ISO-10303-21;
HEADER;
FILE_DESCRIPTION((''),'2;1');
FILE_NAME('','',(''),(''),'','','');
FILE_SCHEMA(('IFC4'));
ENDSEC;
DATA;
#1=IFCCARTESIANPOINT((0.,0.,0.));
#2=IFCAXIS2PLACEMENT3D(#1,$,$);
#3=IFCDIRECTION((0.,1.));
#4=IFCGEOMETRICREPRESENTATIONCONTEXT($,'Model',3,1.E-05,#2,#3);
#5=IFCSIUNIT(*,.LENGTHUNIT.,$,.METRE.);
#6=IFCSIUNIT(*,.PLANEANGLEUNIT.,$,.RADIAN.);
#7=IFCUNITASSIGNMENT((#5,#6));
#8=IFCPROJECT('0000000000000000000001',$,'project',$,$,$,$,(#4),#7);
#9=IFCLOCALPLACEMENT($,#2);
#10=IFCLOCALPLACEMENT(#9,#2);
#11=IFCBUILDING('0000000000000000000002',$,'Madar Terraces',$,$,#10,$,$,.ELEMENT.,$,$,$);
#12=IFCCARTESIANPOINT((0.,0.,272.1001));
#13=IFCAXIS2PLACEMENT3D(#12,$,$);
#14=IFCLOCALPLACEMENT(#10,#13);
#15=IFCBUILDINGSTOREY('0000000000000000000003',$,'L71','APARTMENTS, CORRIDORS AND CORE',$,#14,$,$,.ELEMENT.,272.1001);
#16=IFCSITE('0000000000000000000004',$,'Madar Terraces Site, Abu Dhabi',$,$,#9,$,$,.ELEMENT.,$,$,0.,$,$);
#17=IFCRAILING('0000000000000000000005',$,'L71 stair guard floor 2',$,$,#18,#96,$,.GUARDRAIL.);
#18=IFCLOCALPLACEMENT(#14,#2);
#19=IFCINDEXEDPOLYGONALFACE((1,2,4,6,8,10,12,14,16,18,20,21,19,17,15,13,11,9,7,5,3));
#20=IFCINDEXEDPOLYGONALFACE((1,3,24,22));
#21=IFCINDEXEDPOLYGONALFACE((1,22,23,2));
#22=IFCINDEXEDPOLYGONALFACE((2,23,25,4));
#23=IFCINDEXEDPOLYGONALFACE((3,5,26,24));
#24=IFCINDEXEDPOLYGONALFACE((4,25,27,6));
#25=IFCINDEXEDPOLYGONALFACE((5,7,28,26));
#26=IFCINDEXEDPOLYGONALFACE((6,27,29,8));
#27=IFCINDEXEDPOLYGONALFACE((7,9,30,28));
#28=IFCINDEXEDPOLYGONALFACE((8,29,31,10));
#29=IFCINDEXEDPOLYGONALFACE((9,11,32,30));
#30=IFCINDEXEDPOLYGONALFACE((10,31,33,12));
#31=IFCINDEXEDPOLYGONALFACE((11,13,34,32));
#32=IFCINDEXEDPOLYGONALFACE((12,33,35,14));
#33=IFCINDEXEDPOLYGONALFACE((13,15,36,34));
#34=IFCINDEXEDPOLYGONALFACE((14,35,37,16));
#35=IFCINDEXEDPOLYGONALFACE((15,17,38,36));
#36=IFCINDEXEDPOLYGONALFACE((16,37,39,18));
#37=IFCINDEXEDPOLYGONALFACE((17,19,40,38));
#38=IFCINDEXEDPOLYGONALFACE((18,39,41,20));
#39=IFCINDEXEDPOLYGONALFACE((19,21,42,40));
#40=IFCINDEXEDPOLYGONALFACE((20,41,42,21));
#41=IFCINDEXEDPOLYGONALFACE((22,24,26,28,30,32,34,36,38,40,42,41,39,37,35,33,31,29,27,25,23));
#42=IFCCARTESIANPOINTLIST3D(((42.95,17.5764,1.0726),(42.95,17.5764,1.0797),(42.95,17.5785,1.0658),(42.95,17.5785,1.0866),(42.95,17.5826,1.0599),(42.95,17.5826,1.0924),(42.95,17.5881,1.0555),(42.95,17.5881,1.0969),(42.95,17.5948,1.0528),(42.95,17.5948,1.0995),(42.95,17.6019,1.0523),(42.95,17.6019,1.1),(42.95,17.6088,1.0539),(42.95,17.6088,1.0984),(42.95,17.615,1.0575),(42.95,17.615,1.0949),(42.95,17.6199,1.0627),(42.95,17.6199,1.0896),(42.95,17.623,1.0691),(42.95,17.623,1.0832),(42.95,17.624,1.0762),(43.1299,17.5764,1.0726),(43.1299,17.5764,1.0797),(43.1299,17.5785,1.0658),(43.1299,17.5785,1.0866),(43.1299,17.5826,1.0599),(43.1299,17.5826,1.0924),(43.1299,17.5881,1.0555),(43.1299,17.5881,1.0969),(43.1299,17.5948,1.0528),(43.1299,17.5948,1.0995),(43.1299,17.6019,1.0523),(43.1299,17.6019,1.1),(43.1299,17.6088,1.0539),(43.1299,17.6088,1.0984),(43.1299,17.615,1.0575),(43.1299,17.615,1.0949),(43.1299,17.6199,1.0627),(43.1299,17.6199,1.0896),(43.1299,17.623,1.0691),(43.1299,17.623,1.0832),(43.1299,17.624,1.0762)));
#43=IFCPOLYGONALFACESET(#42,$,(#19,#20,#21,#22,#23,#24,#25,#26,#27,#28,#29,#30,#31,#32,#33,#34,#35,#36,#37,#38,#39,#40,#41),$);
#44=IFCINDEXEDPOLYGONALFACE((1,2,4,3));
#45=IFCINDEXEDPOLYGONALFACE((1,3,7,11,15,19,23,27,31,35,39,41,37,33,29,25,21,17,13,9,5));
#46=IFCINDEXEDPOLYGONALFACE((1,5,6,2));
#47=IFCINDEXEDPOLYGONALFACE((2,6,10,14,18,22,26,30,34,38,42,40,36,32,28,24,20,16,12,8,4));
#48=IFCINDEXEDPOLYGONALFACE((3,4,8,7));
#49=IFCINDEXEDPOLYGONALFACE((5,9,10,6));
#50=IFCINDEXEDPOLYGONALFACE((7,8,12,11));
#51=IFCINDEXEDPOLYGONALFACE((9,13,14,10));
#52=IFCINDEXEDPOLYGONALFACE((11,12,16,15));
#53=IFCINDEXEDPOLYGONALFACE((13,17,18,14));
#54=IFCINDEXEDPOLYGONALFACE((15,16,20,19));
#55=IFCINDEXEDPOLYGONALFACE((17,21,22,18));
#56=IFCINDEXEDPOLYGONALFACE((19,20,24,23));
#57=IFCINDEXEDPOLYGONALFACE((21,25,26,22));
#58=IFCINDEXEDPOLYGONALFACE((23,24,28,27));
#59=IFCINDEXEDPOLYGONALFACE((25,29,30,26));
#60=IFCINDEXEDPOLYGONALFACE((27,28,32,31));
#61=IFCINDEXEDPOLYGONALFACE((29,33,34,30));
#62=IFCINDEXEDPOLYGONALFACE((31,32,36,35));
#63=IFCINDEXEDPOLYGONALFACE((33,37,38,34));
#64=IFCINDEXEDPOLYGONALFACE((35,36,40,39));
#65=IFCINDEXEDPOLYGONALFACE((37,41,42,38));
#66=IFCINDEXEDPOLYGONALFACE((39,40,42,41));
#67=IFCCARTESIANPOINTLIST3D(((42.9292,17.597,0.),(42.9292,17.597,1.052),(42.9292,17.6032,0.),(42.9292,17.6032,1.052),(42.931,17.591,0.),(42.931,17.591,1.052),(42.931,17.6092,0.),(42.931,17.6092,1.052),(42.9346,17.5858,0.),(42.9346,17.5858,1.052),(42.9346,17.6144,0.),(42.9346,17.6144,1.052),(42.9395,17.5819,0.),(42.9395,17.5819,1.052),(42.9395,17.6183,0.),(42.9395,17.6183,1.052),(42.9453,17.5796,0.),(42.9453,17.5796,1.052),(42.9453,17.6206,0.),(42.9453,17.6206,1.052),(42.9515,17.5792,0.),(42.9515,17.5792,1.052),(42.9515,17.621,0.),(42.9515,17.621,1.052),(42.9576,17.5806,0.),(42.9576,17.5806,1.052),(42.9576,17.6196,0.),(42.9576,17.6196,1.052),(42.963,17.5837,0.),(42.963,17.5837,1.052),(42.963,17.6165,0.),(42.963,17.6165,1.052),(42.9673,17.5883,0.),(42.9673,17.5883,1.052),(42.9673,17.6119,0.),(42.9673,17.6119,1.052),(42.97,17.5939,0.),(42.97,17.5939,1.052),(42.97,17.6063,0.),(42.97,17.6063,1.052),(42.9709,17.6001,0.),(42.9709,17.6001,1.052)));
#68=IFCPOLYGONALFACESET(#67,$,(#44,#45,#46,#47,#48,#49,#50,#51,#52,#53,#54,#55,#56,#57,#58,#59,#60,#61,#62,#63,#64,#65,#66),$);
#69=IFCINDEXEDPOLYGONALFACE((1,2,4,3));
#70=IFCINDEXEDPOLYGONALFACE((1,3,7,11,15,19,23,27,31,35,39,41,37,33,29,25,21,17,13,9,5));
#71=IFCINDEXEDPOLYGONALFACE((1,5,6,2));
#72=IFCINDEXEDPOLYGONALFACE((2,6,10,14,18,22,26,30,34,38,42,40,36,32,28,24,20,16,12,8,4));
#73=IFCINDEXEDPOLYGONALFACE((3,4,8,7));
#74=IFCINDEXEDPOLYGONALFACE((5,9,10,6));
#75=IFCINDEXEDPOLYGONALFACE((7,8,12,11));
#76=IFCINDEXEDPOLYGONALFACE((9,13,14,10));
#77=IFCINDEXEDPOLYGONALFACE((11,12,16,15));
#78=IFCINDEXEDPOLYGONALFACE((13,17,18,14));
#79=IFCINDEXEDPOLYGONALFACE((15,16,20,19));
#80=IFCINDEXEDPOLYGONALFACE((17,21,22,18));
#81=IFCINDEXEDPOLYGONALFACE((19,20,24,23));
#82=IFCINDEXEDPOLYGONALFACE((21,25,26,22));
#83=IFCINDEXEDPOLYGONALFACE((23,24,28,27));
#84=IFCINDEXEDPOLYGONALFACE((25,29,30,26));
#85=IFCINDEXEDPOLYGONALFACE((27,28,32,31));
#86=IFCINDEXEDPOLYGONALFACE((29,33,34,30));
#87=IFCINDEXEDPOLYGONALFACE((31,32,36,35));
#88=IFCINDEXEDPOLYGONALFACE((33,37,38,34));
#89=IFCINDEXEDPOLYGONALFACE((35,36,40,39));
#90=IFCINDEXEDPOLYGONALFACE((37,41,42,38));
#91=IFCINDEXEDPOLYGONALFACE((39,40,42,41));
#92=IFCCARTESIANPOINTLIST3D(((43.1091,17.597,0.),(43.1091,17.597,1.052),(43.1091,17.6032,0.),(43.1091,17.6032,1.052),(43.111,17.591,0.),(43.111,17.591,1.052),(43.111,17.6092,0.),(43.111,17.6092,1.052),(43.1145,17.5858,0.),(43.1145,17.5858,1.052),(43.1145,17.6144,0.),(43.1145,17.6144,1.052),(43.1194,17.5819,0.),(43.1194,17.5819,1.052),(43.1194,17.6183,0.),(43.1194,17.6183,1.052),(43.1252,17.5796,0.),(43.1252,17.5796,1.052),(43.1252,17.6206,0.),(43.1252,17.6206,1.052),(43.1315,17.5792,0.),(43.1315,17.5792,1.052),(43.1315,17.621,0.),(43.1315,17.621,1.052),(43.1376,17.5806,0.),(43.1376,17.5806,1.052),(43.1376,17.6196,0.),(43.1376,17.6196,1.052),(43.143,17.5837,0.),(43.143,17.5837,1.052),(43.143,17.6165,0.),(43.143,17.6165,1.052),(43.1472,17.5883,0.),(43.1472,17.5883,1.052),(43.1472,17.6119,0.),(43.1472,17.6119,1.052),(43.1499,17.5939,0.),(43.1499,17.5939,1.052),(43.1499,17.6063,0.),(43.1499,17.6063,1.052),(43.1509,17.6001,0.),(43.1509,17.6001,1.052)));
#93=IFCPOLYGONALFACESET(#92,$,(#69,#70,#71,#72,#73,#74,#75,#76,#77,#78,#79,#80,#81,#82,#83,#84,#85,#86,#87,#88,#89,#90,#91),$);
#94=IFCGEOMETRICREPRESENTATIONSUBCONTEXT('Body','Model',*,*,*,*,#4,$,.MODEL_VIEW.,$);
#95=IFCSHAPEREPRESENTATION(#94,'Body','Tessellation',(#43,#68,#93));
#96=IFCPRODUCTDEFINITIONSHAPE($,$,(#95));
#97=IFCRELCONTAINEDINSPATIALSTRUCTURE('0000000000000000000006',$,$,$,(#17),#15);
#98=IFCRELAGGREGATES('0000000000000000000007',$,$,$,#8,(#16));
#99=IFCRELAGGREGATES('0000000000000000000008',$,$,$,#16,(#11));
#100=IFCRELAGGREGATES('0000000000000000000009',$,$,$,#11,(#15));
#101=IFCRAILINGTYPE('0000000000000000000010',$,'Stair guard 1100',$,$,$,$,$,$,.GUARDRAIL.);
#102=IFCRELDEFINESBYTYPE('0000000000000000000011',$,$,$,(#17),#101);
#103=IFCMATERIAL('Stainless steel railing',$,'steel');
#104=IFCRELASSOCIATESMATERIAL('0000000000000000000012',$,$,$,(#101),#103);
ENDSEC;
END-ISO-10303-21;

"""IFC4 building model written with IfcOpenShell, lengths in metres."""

from ifc_helpers import new_model, si_unit, direction, frame, origin, origin_2d, place, context, subcontext, project, spatial, circle, extrude, material, type_object, element, save


model = new_model("IFC4")

# Units and contexts
model_context = context("Model", 3, precision=1e-05, world=origin(), true_north=direction((0.0, 1.0)))
body_context = subcontext(model_context, "Body", "Model", "MODEL_VIEW")
ifc_project = project(units=[si_unit("LENGTHUNIT", "METRE"), si_unit("PLANEANGLEUNIT", "RADIAN")], contexts=[model_context])

# Site, building, storey
site_placement = place(None, origin())
site = spatial("IfcSite", under=ifc_project, at=site_placement, Name="Madar Terraces Site, Abu Dhabi", CompositionType="ELEMENT", RefElevation=0.0)
building_placement = place(site_placement, origin())
building = spatial("IfcBuilding", under=site, at=building_placement, Name="Madar Terraces", CompositionType="ELEMENT")
storey_placement = place(building_placement, frame((0.0, 0.0, 272.1001)))
storey = spatial("IfcBuildingStorey", under=building, at=storey_placement, Name="L71", Description="APARTMENTS, CORRIDORS AND CORE", CompositionType="ELEMENT", Elevation=272.1001)

# Railing
ifc_material_1 = material(Name="Stainless steel railing", Category="steel")
railing_type_1 = type_object("IfcRailingType", Name="Stair guard 1100", PredefinedType="GUARDRAIL", material=ifc_material_1)
for number, where, name in (
    (1, (42.95, 17.6001, 0.0), "L71 stair guard floor 2"),
):
    element("IfcRailing", number, at=place(storey_placement, frame(where)), inside=storey, type_object=railing_type_1, Name=name, PredefinedType="GUARDRAIL", context=body_context, shape_type="SweptSolid", body=[
        extrude(circle(Radius=0.0239, at=origin_2d()), frame((0.0, 0.0, 1.0762), z_axis=(1.0, 0.0, 0.0), x_axis=(0.0, 1.0, 0.0)), (0.0, 0.0, 1.0), 0.1799),
        extrude(circle(Radius=0.021, at=origin_2d()), origin(), (0.0, 0.0, 1.0), 1.052),
        extrude(circle(Radius=0.021, at=origin_2d()), frame((0.1799, 0.0, 0.0)), (0.0, 0.0, 1.0), 1.052),
    ])

save(model, "model.ifc")
